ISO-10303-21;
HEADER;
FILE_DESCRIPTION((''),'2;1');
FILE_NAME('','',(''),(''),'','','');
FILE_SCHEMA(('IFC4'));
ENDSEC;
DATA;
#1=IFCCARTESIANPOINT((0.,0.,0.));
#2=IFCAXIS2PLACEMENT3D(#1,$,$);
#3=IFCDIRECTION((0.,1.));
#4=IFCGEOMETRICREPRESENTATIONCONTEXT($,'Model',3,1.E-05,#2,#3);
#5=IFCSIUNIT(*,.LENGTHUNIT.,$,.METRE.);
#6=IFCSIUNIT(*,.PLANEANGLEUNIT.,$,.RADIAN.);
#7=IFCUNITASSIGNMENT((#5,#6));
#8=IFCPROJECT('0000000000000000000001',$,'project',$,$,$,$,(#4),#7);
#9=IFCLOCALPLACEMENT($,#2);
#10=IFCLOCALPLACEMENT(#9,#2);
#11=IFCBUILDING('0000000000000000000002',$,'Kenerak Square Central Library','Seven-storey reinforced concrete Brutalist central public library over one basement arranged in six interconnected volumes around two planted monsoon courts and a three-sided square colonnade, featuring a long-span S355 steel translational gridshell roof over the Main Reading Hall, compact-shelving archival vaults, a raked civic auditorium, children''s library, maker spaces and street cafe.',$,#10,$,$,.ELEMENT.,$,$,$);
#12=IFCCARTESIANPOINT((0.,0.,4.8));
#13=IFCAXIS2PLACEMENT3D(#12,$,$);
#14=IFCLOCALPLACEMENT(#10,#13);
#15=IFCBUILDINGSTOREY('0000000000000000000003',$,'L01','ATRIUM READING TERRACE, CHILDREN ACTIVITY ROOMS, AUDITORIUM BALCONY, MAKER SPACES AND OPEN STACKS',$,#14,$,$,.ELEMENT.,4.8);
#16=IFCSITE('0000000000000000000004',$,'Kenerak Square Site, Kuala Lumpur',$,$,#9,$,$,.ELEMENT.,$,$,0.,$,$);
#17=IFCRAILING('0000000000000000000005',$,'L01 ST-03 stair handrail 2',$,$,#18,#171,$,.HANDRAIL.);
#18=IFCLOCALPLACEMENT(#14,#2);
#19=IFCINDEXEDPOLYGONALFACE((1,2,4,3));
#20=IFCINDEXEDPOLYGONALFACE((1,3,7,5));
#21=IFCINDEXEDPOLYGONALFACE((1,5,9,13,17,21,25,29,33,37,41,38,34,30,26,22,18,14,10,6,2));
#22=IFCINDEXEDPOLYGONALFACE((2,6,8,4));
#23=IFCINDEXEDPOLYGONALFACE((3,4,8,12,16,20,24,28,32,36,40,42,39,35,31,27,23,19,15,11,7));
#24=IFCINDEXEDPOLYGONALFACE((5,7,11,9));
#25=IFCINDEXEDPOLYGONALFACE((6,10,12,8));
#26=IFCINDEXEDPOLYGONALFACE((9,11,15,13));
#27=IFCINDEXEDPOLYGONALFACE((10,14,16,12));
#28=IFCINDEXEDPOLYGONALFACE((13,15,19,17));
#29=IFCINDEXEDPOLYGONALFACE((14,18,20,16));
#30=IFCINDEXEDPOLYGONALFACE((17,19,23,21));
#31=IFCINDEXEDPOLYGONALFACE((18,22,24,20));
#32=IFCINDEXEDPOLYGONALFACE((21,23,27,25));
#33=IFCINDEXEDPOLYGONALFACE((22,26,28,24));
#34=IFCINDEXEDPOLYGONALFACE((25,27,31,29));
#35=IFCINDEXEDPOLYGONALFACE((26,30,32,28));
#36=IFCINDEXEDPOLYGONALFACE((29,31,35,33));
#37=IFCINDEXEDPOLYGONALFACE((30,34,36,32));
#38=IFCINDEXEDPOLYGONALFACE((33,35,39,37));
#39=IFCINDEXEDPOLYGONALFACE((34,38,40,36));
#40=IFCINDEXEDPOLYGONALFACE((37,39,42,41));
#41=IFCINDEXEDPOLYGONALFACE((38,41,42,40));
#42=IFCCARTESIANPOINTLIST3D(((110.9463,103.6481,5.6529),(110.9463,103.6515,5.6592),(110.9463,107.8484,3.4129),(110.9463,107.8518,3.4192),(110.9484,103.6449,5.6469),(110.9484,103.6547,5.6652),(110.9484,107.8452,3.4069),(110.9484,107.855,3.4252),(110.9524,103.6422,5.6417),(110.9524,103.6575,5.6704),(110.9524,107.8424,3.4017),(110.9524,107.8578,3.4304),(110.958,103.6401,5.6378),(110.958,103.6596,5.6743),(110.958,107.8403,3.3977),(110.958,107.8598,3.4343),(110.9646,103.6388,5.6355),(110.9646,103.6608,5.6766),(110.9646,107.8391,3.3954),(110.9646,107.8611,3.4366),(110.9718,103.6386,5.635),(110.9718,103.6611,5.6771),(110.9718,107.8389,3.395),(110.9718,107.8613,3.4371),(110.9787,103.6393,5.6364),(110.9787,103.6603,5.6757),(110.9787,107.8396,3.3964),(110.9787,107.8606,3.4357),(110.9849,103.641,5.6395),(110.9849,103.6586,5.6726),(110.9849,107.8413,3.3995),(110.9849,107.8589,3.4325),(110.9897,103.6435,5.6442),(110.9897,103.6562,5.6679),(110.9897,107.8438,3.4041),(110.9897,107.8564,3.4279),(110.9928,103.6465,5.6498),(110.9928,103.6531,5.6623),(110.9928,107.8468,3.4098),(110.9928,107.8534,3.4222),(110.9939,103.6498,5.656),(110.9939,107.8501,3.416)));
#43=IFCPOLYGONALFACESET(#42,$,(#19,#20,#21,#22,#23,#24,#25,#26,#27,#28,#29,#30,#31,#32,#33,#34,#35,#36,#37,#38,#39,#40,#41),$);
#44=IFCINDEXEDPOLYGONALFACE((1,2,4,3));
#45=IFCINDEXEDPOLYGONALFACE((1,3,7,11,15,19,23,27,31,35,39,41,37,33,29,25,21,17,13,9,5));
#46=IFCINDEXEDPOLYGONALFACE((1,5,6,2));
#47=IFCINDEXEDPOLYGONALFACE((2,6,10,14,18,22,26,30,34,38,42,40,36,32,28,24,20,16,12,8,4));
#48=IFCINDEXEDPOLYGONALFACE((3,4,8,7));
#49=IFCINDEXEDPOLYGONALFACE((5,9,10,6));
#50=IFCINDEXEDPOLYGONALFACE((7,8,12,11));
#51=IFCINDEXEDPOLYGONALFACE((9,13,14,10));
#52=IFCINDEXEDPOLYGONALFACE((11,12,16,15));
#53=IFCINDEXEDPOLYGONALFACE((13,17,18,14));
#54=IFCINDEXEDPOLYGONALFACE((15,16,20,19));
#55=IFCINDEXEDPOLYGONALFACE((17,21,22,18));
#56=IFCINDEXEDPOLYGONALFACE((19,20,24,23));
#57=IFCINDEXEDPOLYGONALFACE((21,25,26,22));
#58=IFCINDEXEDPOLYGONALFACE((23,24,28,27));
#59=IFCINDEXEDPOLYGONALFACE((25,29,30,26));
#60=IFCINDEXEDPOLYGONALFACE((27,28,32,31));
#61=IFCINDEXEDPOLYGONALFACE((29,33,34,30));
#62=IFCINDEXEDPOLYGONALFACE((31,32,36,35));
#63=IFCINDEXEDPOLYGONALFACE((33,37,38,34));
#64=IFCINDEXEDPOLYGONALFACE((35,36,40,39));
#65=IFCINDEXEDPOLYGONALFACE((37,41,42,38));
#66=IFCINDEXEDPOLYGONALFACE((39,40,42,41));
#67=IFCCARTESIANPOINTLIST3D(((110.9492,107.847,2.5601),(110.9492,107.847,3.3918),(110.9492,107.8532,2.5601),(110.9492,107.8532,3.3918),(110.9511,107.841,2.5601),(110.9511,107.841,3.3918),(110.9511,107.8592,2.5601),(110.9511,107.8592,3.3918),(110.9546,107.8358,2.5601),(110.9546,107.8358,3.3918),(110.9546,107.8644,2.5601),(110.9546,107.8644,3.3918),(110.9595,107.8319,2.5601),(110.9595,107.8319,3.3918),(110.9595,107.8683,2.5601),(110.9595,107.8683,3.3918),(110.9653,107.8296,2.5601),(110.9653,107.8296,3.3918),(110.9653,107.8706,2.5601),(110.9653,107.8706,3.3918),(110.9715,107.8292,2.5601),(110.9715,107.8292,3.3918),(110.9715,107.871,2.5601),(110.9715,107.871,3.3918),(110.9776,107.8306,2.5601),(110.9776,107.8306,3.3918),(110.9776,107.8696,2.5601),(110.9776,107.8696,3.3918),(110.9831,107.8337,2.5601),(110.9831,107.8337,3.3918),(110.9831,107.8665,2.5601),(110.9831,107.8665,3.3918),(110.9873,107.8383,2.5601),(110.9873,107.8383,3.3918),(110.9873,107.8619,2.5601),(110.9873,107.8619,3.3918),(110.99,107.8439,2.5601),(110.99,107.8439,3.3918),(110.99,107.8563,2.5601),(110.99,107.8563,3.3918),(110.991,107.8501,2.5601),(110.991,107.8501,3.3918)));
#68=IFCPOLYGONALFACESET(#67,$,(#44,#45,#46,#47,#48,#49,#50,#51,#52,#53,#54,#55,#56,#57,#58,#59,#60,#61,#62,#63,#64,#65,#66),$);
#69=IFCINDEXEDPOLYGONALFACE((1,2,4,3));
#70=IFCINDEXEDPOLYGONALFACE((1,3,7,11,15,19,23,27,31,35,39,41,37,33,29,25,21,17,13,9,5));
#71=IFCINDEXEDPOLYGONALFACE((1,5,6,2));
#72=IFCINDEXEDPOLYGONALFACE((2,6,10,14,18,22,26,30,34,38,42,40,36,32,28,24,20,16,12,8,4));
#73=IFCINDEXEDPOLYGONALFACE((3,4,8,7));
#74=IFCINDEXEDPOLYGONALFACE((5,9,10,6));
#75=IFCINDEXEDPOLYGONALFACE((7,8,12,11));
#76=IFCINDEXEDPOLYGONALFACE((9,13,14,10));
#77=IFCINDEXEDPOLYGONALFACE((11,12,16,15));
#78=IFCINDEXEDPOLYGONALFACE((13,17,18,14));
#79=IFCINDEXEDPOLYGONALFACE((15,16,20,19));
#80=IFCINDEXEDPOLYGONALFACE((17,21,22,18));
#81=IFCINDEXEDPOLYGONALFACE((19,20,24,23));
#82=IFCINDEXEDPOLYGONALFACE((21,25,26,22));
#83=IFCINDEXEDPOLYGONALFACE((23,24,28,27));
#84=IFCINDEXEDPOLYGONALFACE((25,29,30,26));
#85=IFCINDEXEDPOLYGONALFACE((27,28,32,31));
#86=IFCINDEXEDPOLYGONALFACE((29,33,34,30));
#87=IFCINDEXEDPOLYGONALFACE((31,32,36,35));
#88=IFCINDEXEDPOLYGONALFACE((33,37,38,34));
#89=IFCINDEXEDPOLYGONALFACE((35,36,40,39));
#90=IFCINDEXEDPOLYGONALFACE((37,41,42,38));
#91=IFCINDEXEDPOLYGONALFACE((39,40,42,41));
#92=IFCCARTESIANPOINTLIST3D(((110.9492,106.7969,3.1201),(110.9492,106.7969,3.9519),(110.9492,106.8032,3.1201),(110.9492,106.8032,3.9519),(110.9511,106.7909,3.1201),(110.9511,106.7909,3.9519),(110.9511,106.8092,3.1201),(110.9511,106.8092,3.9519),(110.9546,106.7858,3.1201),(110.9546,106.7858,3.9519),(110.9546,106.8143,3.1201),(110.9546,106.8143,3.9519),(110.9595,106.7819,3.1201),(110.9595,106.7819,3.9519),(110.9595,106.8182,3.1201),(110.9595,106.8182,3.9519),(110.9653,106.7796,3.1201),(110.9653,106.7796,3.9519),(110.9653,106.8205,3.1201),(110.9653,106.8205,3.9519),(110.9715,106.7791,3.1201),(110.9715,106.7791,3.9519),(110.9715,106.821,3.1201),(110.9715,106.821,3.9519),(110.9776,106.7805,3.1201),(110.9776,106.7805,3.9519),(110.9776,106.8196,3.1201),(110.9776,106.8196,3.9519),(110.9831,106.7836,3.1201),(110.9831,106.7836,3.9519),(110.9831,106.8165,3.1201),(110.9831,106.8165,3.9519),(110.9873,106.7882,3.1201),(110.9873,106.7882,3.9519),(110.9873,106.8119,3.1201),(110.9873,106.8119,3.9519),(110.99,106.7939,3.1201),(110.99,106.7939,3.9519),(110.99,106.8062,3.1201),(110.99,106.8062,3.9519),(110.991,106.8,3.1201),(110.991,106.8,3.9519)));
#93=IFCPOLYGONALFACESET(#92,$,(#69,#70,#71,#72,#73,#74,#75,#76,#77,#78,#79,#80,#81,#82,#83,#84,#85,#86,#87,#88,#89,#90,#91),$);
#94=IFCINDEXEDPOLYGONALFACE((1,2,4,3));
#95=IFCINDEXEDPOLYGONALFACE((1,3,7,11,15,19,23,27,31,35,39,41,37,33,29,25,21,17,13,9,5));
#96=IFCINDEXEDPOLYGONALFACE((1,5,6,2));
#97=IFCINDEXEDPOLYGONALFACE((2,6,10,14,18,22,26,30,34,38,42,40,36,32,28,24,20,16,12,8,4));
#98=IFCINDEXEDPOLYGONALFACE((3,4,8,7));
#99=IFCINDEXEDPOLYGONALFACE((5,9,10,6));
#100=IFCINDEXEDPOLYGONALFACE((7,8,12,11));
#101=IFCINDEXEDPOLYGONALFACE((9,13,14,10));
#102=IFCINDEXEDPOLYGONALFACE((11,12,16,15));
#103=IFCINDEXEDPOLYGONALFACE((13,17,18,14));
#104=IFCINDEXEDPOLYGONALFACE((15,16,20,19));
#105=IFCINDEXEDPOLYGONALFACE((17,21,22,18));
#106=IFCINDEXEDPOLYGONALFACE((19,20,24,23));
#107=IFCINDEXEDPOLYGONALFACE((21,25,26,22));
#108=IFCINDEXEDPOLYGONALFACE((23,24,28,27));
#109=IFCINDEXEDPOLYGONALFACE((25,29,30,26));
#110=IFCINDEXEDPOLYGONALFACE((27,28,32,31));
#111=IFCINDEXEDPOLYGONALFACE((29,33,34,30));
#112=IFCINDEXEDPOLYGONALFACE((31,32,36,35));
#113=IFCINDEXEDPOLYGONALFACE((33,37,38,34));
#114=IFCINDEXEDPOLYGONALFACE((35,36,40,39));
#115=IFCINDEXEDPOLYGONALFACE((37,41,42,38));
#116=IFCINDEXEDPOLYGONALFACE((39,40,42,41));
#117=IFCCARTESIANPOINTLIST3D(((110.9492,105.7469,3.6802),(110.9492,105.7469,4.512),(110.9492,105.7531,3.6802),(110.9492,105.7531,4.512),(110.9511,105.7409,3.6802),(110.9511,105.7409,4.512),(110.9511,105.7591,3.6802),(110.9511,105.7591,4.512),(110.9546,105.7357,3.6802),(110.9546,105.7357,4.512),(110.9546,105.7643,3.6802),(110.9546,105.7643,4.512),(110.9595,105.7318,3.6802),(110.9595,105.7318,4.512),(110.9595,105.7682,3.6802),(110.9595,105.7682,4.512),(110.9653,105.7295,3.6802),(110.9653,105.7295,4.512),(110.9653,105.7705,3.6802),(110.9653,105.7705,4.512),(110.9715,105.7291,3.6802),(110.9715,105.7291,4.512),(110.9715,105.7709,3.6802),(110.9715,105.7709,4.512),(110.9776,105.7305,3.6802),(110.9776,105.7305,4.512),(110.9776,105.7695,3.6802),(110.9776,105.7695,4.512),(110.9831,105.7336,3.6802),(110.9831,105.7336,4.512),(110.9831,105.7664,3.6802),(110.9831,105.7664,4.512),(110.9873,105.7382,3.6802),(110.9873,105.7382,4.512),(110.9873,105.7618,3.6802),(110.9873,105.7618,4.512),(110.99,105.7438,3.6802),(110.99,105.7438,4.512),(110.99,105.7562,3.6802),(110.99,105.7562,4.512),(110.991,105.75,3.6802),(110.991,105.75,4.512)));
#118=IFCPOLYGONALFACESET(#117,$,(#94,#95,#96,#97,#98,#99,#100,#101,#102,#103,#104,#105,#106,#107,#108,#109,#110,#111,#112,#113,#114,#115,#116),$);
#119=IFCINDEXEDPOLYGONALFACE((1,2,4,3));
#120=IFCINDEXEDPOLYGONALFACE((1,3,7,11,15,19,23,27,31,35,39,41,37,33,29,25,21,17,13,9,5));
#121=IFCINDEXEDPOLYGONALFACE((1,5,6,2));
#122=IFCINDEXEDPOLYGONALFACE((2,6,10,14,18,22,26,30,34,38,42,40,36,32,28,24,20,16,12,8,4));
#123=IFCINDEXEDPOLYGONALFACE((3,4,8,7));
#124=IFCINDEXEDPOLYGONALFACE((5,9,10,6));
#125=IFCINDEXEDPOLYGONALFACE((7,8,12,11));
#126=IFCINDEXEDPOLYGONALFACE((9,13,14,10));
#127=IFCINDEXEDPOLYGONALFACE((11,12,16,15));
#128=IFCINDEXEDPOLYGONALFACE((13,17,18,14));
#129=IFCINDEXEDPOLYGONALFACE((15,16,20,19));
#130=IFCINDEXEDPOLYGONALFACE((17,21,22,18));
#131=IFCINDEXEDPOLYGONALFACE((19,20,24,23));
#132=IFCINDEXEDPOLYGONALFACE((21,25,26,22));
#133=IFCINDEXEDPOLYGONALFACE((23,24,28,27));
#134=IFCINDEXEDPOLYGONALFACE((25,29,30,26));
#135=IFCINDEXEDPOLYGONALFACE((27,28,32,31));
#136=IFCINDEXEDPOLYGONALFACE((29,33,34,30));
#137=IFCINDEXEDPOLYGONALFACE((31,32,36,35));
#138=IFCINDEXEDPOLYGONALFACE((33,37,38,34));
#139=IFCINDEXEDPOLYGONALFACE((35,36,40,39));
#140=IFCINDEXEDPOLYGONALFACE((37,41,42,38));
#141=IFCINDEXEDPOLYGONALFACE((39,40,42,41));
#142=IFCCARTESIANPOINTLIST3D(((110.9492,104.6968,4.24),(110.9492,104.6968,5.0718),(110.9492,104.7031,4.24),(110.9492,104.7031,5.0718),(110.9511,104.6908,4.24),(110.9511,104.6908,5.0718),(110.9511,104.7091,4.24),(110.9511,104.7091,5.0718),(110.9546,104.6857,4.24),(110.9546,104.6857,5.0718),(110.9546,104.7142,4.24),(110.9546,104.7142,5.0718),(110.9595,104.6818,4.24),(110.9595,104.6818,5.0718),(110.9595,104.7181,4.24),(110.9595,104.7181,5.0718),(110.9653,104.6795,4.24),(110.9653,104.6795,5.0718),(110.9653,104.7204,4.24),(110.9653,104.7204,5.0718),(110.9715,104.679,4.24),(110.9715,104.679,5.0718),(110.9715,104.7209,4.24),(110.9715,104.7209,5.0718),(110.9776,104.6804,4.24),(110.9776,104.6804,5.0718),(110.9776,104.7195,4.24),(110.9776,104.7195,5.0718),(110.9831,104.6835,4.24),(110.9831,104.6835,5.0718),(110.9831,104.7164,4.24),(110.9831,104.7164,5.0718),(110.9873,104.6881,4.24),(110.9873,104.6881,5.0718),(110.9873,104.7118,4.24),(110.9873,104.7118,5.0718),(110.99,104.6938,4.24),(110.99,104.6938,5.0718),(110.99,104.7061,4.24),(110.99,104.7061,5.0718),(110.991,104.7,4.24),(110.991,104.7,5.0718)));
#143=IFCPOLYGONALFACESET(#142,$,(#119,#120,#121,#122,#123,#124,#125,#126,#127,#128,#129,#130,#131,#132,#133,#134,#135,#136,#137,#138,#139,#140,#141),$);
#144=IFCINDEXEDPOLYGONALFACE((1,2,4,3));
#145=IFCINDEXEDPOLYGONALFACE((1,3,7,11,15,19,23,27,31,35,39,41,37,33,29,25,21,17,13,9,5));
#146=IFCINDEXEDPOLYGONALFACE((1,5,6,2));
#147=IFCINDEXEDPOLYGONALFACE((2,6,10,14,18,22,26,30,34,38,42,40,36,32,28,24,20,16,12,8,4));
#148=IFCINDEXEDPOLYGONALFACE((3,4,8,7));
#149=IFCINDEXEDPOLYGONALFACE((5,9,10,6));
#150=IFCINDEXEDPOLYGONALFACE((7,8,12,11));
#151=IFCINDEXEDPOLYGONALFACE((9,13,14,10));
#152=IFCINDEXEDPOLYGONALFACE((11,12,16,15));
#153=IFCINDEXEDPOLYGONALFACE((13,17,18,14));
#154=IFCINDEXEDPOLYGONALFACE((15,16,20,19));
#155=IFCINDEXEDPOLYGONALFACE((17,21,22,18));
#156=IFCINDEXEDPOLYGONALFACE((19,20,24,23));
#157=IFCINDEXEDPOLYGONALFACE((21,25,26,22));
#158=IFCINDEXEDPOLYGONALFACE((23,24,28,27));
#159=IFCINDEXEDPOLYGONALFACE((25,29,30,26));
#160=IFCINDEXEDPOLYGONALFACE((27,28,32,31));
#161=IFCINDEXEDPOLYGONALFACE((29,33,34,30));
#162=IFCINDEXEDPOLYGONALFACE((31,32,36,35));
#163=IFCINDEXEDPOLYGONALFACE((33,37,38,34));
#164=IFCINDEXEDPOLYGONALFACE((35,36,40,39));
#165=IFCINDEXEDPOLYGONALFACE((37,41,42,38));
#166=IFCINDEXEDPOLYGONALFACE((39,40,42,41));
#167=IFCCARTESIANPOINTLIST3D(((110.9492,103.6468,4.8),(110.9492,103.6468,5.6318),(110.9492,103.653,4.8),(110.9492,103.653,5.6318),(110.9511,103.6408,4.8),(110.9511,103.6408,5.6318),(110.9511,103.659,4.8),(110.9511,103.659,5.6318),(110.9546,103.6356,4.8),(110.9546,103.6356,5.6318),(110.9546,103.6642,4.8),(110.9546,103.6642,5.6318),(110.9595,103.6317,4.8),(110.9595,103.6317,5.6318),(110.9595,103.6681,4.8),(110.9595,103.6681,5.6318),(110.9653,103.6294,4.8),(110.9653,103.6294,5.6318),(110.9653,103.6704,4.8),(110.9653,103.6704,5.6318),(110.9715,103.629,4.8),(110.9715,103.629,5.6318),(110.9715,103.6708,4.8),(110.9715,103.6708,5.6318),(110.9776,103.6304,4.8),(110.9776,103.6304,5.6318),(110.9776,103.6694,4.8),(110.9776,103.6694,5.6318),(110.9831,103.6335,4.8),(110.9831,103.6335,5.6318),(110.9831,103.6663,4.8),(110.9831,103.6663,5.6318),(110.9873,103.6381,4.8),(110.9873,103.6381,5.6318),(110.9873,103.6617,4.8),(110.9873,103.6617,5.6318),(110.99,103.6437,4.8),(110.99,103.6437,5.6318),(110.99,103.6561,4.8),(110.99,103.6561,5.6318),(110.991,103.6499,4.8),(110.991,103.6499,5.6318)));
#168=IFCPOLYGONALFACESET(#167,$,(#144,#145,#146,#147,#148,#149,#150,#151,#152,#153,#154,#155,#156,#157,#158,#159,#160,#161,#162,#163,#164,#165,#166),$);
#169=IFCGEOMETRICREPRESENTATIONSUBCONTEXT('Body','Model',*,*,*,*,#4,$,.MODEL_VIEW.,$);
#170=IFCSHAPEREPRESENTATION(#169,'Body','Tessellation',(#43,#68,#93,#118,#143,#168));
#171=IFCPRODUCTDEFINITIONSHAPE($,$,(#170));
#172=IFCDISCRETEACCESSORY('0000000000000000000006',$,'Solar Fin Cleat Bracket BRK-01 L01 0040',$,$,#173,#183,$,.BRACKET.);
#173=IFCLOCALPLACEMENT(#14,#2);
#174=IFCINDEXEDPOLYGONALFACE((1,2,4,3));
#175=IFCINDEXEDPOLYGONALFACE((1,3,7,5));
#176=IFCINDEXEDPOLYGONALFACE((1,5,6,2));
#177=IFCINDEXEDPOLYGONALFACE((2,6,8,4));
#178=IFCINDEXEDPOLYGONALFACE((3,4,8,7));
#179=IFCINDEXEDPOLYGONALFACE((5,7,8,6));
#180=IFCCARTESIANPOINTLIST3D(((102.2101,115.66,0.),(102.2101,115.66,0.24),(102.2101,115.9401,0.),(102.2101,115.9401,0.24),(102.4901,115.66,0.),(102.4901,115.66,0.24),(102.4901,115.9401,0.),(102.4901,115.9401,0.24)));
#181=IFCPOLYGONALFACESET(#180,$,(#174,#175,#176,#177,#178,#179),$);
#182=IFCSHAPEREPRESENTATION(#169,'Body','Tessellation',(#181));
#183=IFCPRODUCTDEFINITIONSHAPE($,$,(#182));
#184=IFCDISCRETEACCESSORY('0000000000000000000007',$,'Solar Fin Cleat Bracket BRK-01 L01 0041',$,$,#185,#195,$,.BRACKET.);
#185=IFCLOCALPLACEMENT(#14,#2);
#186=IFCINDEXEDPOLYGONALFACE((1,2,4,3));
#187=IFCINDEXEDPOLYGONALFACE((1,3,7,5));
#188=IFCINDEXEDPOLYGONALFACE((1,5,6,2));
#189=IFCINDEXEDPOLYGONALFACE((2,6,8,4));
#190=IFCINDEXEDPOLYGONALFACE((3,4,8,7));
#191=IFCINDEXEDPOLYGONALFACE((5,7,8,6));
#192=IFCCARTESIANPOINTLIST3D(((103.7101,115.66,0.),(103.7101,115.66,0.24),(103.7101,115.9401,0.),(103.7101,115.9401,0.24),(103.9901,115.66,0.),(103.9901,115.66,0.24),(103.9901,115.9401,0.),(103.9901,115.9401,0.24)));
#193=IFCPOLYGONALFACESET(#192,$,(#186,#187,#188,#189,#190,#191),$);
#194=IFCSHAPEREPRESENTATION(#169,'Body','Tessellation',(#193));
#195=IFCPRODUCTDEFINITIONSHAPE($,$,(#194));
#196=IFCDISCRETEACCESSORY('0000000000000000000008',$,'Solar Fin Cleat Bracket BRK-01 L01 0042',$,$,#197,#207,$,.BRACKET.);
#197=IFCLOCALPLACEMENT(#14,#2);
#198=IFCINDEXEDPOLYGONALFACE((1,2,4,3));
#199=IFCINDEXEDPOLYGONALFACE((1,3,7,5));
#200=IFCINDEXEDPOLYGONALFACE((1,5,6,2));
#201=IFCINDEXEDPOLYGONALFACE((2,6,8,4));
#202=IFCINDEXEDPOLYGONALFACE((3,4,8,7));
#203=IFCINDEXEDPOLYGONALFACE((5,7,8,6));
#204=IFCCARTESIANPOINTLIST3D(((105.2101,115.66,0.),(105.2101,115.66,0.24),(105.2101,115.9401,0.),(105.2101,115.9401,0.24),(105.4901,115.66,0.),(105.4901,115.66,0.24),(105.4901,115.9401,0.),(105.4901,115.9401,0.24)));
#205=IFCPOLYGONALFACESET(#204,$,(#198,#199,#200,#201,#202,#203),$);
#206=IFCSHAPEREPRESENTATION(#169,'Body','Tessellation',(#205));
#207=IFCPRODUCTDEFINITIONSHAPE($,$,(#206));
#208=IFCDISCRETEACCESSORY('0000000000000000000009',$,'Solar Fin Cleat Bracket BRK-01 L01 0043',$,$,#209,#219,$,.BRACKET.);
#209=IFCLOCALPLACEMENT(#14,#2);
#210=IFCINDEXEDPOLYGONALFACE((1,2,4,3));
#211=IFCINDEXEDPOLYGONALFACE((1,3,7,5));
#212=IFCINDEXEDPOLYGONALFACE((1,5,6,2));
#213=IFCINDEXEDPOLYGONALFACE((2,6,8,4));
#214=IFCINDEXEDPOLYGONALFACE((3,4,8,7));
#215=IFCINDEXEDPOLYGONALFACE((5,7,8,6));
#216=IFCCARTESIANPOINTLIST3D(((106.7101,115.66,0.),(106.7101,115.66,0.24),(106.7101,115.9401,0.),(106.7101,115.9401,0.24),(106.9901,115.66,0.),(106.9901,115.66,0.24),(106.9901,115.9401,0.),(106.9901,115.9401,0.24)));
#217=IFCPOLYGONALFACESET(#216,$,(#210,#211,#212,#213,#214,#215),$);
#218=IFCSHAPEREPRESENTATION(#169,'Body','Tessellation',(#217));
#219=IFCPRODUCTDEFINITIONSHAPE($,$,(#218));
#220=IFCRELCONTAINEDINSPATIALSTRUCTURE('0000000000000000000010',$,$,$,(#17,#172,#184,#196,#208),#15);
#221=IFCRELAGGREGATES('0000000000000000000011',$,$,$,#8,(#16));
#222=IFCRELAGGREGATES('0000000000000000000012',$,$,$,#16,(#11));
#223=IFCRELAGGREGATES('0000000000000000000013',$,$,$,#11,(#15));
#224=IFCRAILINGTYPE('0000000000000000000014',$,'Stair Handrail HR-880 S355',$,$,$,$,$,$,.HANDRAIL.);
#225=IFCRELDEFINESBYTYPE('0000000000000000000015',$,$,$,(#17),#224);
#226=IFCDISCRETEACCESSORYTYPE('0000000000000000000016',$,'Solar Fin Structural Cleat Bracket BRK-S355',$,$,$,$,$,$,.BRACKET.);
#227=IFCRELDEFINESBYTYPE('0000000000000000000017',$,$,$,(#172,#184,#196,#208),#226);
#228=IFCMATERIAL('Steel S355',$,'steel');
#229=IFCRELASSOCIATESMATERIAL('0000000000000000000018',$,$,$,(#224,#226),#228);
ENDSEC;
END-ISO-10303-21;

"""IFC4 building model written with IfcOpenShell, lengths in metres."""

from ifc_helpers import new_model, si_unit, direction, frame, origin, origin_2d, place, context, subcontext, project, spatial, rectangle, circle, extrude, material, type_object, element, save


model = new_model("IFC4")

# Units and contexts
model_context = context("Model", 3, precision=1e-05, world=origin(), true_north=direction((0.0, 1.0)))
body_context = subcontext(model_context, "Body", "Model", "MODEL_VIEW")
ifc_project = project(units=[si_unit("LENGTHUNIT", "METRE"), si_unit("PLANEANGLEUNIT", "RADIAN")], contexts=[model_context])

# Site, building, storey
site_placement = place(None, origin())
site = spatial("IfcSite", under=ifc_project, at=site_placement, Name="Kenerak Square Site, Kuala Lumpur", CompositionType="ELEMENT", RefElevation=0.0)
building_placement = place(site_placement, origin())
building = spatial("IfcBuilding", under=site, at=building_placement, Name="Kenerak Square Central Library", Description="Seven-storey reinforced concrete Brutalist central public library over one basement arranged in six interconnected volumes around two planted monsoon courts and a three-sided square colonnade, featuring a long-span S355 steel translational gridshell roof over the Main Reading Hall, compact-shelving archival vaults, a raked civic auditorium, children's library, maker spaces and street cafe.", CompositionType="ELEMENT")
storey_placement = place(building_placement, frame((0.0, 0.0, 4.8)))
storey = spatial("IfcBuildingStorey", under=building, at=storey_placement, Name="L01", Description="ATRIUM READING TERRACE, CHILDREN ACTIVITY ROOMS, AUDITORIUM BALCONY, MAKER SPACES AND OPEN STACKS", CompositionType="ELEMENT", Elevation=4.8)

# Railing
ifc_material_1 = material(Name="Steel S355", Category="steel")
railing_type_1 = type_object("IfcRailingType", Name="Stair Handrail HR-880 S355", PredefinedType="HANDRAIL", material=ifc_material_1)
railing_1_placement = place(storey_placement, frame((110.97, 107.8501, 2.5601)))
element("IfcRailing", 1, at=railing_1_placement, inside=storey, type_object=railing_type_1, Name="L01 ST-03 stair handrail 2", PredefinedType="HANDRAIL", context=body_context, shape_type="SweptSolid", body=[
    extrude(circle(Radius=0.0239, at=origin_2d()), frame((0.0, 0.0, 0.856), z_axis=(0.0, -0.882363, 0.47057), x_axis=(1.0, 0.0, 0.0)), (0.0, 0.0, 1.0), 4.7603),
    extrude(circle(Radius=0.021, at=origin_2d()), origin(), (0.0, 0.0, 1.0), 0.8318),
    extrude(circle(Radius=0.021, at=origin_2d()), frame((0.0, -1.05, 0.5601)), (0.0, 0.0, 1.0), 0.8318),
    extrude(circle(Radius=0.021, at=origin_2d()), frame((0.0, -2.1001, 1.1201)), (0.0, 0.0, 1.0), 0.8318),
    extrude(circle(Radius=0.021, at=origin_2d()), frame((0.0, -3.1501, 1.6799)), (0.0, 0.0, 1.0), 0.8318),
    extrude(circle(Radius=0.021, at=origin_2d()), frame((0.0, -4.2002, 2.24)), (0.0, 0.0, 1.0), 0.8318),
])

# Discrete accessories
discrete_accessory_type = type_object("IfcDiscreteAccessoryType", Name="Solar Fin Structural Cleat Bracket BRK-S355", PredefinedType="BRACKET", material=ifc_material_1)
for number, where, z_axis, x_axis, name in (
    (2, (102.3501, 115.8, 0.0), (0.0, 0.0, 1.0), (1.0, 0.0, 0.0), "Solar Fin Cleat Bracket BRK-01 L01 0040"),
    (3, (103.8501, 115.8, 0.0), (0.0, 0.0, 1.0), (1.0, 0.0, 0.0), "Solar Fin Cleat Bracket BRK-01 L01 0041"),
    (4, (105.3501, 115.8, 0.0), (0.0, 0.0, 1.0), (1.0, 0.0, 0.0), "Solar Fin Cleat Bracket BRK-01 L01 0042"),
    (5, (106.8501, 115.8, 0.0), (0.0, 0.0, 1.0), (1.0, 0.0, 0.0), "Solar Fin Cleat Bracket BRK-01 L01 0043"),
):
    element("IfcDiscreteAccessory", number, at=place(storey_placement, frame(where, z_axis=z_axis, x_axis=x_axis)), inside=storey, type_object=discrete_accessory_type, Name=name, PredefinedType="BRACKET", context=body_context, shape_type="SweptSolid", body=[
        extrude(rectangle(XDim=0.28, YDim=0.28, at=origin_2d()), origin(), (0.0, 0.0, 1.0), 0.24),
    ])

save(model, "model.ifc")
